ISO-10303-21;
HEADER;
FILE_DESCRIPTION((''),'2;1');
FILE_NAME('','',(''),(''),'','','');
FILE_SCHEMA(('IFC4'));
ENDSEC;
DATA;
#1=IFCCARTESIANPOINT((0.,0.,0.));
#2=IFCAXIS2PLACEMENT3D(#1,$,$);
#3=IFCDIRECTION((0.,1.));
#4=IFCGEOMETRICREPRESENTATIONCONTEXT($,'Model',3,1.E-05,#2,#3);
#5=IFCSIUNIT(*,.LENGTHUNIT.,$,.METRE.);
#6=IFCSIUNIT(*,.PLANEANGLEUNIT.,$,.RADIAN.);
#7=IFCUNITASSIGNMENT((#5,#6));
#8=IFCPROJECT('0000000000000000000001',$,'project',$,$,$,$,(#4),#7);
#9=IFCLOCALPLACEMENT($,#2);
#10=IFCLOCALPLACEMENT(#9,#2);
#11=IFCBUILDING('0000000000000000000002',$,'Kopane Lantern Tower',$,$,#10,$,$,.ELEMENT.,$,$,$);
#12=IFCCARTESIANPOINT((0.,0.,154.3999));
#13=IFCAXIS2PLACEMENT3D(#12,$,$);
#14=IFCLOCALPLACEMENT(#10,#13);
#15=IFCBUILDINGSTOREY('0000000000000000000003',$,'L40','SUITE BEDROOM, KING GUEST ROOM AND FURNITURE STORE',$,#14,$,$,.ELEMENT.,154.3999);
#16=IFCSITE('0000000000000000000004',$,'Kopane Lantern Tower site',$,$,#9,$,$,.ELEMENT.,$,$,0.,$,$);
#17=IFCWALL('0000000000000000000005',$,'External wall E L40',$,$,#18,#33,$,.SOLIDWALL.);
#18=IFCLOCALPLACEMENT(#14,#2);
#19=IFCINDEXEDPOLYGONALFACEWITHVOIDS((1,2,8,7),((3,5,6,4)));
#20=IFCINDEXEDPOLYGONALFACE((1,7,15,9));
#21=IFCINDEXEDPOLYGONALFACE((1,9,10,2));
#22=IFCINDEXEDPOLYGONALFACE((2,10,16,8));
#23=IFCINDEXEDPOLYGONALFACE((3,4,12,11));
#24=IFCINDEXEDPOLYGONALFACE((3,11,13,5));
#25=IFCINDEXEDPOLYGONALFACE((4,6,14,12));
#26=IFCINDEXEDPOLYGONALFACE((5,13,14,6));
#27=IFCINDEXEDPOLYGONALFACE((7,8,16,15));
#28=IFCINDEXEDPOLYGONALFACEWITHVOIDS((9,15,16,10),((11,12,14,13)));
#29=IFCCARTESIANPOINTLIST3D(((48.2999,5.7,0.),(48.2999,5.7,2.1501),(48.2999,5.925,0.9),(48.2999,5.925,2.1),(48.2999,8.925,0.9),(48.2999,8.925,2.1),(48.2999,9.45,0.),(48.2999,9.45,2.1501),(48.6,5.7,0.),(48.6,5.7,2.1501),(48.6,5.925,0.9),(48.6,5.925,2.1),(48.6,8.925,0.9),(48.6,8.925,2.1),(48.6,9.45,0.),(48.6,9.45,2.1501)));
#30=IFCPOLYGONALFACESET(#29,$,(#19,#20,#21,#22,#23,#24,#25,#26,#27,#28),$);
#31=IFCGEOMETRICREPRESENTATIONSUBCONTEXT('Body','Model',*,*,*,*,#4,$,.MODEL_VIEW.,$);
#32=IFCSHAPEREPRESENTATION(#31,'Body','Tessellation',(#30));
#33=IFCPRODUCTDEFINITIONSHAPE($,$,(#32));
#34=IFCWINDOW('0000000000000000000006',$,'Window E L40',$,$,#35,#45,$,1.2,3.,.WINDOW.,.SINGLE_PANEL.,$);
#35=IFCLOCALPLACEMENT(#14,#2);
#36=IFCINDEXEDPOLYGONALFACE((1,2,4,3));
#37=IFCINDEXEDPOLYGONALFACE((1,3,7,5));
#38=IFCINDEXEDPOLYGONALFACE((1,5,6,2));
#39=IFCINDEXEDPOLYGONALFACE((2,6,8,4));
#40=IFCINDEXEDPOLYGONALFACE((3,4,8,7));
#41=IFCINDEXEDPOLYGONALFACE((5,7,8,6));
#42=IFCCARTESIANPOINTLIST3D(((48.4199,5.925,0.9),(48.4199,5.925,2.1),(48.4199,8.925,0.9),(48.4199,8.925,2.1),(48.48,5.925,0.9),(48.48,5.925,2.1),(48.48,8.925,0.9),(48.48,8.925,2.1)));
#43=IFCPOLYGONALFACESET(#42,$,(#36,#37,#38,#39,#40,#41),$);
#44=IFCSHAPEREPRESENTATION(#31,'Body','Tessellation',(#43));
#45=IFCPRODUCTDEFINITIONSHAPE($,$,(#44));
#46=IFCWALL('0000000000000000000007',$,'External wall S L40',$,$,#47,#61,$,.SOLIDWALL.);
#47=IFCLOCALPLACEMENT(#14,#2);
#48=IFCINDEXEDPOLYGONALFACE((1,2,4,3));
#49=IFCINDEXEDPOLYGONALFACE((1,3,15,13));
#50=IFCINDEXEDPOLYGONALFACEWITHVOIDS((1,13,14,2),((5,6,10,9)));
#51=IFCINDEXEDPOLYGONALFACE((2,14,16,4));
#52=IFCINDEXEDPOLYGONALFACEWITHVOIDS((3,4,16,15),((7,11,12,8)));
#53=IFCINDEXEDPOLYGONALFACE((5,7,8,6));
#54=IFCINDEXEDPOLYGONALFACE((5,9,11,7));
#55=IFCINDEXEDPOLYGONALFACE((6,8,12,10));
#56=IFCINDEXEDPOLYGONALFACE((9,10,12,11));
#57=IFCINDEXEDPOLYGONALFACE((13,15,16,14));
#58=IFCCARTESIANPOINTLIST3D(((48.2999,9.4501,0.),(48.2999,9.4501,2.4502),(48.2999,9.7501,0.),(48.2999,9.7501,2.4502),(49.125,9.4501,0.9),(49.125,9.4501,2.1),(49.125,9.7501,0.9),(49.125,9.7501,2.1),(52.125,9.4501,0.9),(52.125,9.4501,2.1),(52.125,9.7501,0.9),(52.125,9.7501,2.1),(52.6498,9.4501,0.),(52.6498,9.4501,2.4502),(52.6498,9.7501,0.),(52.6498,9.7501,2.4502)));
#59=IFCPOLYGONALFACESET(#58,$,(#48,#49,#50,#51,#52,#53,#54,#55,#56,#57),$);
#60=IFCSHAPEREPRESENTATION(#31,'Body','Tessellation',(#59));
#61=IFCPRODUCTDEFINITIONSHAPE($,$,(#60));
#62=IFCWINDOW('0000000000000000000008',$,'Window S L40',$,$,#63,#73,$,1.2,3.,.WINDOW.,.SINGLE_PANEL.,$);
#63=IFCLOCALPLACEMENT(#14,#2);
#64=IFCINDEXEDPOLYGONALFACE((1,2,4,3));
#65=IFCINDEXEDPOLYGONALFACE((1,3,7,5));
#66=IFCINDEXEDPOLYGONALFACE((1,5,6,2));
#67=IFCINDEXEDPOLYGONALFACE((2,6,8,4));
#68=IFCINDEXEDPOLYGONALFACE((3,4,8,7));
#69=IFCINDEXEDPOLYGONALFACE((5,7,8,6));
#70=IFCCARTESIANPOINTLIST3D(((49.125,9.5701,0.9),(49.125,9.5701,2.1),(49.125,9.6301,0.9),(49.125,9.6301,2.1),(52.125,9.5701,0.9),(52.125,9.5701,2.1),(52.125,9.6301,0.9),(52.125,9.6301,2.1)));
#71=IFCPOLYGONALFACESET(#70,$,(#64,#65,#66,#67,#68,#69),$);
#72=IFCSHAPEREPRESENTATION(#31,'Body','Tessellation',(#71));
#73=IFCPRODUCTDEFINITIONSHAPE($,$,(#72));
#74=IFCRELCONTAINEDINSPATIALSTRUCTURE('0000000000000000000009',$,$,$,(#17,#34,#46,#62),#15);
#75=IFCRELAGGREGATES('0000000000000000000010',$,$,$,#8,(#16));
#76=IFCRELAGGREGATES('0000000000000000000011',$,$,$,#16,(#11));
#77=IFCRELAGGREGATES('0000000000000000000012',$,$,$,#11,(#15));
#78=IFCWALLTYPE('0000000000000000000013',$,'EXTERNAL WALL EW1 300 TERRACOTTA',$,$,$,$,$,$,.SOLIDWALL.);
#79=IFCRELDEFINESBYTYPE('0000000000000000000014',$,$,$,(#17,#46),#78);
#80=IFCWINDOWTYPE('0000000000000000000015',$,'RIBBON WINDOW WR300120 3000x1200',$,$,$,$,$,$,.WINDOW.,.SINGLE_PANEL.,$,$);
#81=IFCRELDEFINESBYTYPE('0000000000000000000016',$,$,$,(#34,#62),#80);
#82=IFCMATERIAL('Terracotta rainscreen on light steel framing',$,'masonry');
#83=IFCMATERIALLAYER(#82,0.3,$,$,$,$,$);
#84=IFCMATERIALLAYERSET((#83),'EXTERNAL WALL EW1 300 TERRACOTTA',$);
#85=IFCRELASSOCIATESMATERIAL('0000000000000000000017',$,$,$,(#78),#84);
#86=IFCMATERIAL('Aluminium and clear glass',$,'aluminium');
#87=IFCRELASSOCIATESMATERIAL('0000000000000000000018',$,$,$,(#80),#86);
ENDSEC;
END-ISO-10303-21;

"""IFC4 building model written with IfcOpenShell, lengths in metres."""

from ifc_helpers import new_model, si_unit, direction, frame, frame_2d, origin, place, context, subcontext, project, spatial, rectangle, extrude, material, layer, layer_set, type_object, element, fill, save


model = new_model("IFC4")

# Units and contexts
model_context = context("Model", 3, precision=1e-05, world=origin(), true_north=direction((0.0, 1.0)))
body_context = subcontext(model_context, "Body", "Model", "MODEL_VIEW")
ifc_project = project(units=[si_unit("LENGTHUNIT", "METRE"), si_unit("PLANEANGLEUNIT", "RADIAN")], contexts=[model_context])

# Site, building, storey
site_placement = place(None, origin())
site = spatial("IfcSite", under=ifc_project, at=site_placement, Name="Kopane Lantern Tower site", CompositionType="ELEMENT", RefElevation=0.0)
building_placement = place(site_placement, origin())
building = spatial("IfcBuilding", under=site, at=building_placement, Name="Kopane Lantern Tower", CompositionType="ELEMENT")
storey_placement = place(building_placement, frame((0.0, 0.0, 154.3999)))
storey = spatial("IfcBuildingStorey", under=building, at=storey_placement, Name="L40", Description="SUITE BEDROOM, KING GUEST ROOM AND FURNITURE STORE", CompositionType="ELEMENT", Elevation=154.3999)

# Walls, openings, windows
ifc_material_1 = material(Name="Terracotta rainscreen on light steel framing", Category="masonry")
ifc_layer_1 = layer(ifc_material_1, 0.3)
ifc_layer_set_1 = layer_set([ifc_layer_1], Name="EXTERNAL WALL EW1 300 TERRACOTTA")
wall_type_1 = type_object("IfcWallType", Name="EXTERNAL WALL EW1 300 TERRACOTTA", PredefinedType="SOLIDWALL", material=ifc_layer_set_1)
wall_1_placement = place(storey_placement, frame((48.45, 5.7, 0.0), z_axis=(0.0, 0.0, 1.0), x_axis=(0.0, 1.0, 0.0)))
wall_1 = element("IfcWall", 1, at=wall_1_placement, inside=storey, type_object=wall_type_1, Name="External wall E L40", PredefinedType="SOLIDWALL", context=body_context, shape_type="SweptSolid", body=[
    extrude(rectangle(XDim=3.75, YDim=0.3, at=frame_2d((1.875, 0.0))), origin(), (0.0, 0.0, 1.0), 2.1501),
])
opening_1_placement = place(wall_1_placement, frame((0.2251, 0.0, 0.8999)))
opening_1 = element("IfcOpeningElement", 2, at=opening_1_placement, cuts=wall_1, PredefinedType="OPENING", context=body_context, shape_type="SweptSolid", body=[
    extrude(rectangle(XDim=3.0, YDim=1.2, at=frame_2d((1.5, 0.6001))), frame((0.0, 0.1599, 0.0), z_axis=(0.0, -1.0, 0.0), x_axis=(1.0, 0.0, 0.0)), (0.0, 0.0, 1.0), 0.3201),
])
ifc_material_2 = material(Name="Aluminium and clear glass", Category="aluminium")
window_type = type_object("IfcWindowType", Name="RIBBON WINDOW WR300120 3000x1200", PartitioningType="SINGLE_PANEL", PredefinedType="WINDOW", material=ifc_material_2)
window_1_placement = place(opening_1_placement, origin())
window_1 = element("IfcWindow", 3, at=window_1_placement, inside=storey, type_object=window_type, Name="Window E L40", OverallHeight=1.2, OverallWidth=3.0, PartitioningType="SINGLE_PANEL", PredefinedType="WINDOW", context=body_context, shape_type="SweptSolid", body=[
    extrude(rectangle(XDim=3.0, YDim=1.2, at=frame_2d((1.5, 0.6001))), frame((0.0, 0.03, 0.0), z_axis=(0.0, -1.0, 0.0), x_axis=(1.0, 0.0, 0.0)), (0.0, 0.0, 1.0), 0.0601),
])
fill(opening_1, window_1)
wall_2_placement = place(storey_placement, frame((48.3, 9.6001, 0.0), z_axis=(0.0, 0.0, 1.0), x_axis=(1.0, 0.0, 0.0)))
wall_2 = element("IfcWall", 4, at=wall_2_placement, inside=storey, type_object=wall_type_1, Name="External wall S L40", PredefinedType="SOLIDWALL", context=body_context, shape_type="SweptSolid", body=[
    extrude(rectangle(XDim=4.3499, YDim=0.3, at=frame_2d((2.1748, 0.0))), origin(), (0.0, 0.0, 1.0), 2.4502),
])
opening_2_placement = place(wall_2_placement, frame((0.825, 0.0, 0.8999)))
opening_2 = element("IfcOpeningElement", 5, at=opening_2_placement, cuts=wall_2, PredefinedType="OPENING", context=body_context, shape_type="SweptSolid", body=[
    extrude(rectangle(XDim=3.0, YDim=1.2, at=frame_2d((1.5, 0.6001))), frame((0.0, 0.1599, 0.0), z_axis=(0.0, -1.0, 0.0), x_axis=(1.0, 0.0, 0.0)), (0.0, 0.0, 1.0), 0.3201),
])
window_2_placement = place(opening_2_placement, origin())
window_2 = element("IfcWindow", 6, at=window_2_placement, inside=storey, type_object=window_type, Name="Window S L40", OverallHeight=1.2, OverallWidth=3.0, PartitioningType="SINGLE_PANEL", PredefinedType="WINDOW", context=body_context, shape_type="SweptSolid", body=[
    extrude(rectangle(XDim=3.0, YDim=1.2, at=frame_2d((1.5, 0.6001))), frame((0.0, 0.03, 0.0), z_axis=(0.0, -1.0, 0.0), x_axis=(1.0, 0.0, 0.0)), (0.0, 0.0, 1.0), 0.0601),
])
fill(opening_2, window_2)

save(model, "model.ifc")
